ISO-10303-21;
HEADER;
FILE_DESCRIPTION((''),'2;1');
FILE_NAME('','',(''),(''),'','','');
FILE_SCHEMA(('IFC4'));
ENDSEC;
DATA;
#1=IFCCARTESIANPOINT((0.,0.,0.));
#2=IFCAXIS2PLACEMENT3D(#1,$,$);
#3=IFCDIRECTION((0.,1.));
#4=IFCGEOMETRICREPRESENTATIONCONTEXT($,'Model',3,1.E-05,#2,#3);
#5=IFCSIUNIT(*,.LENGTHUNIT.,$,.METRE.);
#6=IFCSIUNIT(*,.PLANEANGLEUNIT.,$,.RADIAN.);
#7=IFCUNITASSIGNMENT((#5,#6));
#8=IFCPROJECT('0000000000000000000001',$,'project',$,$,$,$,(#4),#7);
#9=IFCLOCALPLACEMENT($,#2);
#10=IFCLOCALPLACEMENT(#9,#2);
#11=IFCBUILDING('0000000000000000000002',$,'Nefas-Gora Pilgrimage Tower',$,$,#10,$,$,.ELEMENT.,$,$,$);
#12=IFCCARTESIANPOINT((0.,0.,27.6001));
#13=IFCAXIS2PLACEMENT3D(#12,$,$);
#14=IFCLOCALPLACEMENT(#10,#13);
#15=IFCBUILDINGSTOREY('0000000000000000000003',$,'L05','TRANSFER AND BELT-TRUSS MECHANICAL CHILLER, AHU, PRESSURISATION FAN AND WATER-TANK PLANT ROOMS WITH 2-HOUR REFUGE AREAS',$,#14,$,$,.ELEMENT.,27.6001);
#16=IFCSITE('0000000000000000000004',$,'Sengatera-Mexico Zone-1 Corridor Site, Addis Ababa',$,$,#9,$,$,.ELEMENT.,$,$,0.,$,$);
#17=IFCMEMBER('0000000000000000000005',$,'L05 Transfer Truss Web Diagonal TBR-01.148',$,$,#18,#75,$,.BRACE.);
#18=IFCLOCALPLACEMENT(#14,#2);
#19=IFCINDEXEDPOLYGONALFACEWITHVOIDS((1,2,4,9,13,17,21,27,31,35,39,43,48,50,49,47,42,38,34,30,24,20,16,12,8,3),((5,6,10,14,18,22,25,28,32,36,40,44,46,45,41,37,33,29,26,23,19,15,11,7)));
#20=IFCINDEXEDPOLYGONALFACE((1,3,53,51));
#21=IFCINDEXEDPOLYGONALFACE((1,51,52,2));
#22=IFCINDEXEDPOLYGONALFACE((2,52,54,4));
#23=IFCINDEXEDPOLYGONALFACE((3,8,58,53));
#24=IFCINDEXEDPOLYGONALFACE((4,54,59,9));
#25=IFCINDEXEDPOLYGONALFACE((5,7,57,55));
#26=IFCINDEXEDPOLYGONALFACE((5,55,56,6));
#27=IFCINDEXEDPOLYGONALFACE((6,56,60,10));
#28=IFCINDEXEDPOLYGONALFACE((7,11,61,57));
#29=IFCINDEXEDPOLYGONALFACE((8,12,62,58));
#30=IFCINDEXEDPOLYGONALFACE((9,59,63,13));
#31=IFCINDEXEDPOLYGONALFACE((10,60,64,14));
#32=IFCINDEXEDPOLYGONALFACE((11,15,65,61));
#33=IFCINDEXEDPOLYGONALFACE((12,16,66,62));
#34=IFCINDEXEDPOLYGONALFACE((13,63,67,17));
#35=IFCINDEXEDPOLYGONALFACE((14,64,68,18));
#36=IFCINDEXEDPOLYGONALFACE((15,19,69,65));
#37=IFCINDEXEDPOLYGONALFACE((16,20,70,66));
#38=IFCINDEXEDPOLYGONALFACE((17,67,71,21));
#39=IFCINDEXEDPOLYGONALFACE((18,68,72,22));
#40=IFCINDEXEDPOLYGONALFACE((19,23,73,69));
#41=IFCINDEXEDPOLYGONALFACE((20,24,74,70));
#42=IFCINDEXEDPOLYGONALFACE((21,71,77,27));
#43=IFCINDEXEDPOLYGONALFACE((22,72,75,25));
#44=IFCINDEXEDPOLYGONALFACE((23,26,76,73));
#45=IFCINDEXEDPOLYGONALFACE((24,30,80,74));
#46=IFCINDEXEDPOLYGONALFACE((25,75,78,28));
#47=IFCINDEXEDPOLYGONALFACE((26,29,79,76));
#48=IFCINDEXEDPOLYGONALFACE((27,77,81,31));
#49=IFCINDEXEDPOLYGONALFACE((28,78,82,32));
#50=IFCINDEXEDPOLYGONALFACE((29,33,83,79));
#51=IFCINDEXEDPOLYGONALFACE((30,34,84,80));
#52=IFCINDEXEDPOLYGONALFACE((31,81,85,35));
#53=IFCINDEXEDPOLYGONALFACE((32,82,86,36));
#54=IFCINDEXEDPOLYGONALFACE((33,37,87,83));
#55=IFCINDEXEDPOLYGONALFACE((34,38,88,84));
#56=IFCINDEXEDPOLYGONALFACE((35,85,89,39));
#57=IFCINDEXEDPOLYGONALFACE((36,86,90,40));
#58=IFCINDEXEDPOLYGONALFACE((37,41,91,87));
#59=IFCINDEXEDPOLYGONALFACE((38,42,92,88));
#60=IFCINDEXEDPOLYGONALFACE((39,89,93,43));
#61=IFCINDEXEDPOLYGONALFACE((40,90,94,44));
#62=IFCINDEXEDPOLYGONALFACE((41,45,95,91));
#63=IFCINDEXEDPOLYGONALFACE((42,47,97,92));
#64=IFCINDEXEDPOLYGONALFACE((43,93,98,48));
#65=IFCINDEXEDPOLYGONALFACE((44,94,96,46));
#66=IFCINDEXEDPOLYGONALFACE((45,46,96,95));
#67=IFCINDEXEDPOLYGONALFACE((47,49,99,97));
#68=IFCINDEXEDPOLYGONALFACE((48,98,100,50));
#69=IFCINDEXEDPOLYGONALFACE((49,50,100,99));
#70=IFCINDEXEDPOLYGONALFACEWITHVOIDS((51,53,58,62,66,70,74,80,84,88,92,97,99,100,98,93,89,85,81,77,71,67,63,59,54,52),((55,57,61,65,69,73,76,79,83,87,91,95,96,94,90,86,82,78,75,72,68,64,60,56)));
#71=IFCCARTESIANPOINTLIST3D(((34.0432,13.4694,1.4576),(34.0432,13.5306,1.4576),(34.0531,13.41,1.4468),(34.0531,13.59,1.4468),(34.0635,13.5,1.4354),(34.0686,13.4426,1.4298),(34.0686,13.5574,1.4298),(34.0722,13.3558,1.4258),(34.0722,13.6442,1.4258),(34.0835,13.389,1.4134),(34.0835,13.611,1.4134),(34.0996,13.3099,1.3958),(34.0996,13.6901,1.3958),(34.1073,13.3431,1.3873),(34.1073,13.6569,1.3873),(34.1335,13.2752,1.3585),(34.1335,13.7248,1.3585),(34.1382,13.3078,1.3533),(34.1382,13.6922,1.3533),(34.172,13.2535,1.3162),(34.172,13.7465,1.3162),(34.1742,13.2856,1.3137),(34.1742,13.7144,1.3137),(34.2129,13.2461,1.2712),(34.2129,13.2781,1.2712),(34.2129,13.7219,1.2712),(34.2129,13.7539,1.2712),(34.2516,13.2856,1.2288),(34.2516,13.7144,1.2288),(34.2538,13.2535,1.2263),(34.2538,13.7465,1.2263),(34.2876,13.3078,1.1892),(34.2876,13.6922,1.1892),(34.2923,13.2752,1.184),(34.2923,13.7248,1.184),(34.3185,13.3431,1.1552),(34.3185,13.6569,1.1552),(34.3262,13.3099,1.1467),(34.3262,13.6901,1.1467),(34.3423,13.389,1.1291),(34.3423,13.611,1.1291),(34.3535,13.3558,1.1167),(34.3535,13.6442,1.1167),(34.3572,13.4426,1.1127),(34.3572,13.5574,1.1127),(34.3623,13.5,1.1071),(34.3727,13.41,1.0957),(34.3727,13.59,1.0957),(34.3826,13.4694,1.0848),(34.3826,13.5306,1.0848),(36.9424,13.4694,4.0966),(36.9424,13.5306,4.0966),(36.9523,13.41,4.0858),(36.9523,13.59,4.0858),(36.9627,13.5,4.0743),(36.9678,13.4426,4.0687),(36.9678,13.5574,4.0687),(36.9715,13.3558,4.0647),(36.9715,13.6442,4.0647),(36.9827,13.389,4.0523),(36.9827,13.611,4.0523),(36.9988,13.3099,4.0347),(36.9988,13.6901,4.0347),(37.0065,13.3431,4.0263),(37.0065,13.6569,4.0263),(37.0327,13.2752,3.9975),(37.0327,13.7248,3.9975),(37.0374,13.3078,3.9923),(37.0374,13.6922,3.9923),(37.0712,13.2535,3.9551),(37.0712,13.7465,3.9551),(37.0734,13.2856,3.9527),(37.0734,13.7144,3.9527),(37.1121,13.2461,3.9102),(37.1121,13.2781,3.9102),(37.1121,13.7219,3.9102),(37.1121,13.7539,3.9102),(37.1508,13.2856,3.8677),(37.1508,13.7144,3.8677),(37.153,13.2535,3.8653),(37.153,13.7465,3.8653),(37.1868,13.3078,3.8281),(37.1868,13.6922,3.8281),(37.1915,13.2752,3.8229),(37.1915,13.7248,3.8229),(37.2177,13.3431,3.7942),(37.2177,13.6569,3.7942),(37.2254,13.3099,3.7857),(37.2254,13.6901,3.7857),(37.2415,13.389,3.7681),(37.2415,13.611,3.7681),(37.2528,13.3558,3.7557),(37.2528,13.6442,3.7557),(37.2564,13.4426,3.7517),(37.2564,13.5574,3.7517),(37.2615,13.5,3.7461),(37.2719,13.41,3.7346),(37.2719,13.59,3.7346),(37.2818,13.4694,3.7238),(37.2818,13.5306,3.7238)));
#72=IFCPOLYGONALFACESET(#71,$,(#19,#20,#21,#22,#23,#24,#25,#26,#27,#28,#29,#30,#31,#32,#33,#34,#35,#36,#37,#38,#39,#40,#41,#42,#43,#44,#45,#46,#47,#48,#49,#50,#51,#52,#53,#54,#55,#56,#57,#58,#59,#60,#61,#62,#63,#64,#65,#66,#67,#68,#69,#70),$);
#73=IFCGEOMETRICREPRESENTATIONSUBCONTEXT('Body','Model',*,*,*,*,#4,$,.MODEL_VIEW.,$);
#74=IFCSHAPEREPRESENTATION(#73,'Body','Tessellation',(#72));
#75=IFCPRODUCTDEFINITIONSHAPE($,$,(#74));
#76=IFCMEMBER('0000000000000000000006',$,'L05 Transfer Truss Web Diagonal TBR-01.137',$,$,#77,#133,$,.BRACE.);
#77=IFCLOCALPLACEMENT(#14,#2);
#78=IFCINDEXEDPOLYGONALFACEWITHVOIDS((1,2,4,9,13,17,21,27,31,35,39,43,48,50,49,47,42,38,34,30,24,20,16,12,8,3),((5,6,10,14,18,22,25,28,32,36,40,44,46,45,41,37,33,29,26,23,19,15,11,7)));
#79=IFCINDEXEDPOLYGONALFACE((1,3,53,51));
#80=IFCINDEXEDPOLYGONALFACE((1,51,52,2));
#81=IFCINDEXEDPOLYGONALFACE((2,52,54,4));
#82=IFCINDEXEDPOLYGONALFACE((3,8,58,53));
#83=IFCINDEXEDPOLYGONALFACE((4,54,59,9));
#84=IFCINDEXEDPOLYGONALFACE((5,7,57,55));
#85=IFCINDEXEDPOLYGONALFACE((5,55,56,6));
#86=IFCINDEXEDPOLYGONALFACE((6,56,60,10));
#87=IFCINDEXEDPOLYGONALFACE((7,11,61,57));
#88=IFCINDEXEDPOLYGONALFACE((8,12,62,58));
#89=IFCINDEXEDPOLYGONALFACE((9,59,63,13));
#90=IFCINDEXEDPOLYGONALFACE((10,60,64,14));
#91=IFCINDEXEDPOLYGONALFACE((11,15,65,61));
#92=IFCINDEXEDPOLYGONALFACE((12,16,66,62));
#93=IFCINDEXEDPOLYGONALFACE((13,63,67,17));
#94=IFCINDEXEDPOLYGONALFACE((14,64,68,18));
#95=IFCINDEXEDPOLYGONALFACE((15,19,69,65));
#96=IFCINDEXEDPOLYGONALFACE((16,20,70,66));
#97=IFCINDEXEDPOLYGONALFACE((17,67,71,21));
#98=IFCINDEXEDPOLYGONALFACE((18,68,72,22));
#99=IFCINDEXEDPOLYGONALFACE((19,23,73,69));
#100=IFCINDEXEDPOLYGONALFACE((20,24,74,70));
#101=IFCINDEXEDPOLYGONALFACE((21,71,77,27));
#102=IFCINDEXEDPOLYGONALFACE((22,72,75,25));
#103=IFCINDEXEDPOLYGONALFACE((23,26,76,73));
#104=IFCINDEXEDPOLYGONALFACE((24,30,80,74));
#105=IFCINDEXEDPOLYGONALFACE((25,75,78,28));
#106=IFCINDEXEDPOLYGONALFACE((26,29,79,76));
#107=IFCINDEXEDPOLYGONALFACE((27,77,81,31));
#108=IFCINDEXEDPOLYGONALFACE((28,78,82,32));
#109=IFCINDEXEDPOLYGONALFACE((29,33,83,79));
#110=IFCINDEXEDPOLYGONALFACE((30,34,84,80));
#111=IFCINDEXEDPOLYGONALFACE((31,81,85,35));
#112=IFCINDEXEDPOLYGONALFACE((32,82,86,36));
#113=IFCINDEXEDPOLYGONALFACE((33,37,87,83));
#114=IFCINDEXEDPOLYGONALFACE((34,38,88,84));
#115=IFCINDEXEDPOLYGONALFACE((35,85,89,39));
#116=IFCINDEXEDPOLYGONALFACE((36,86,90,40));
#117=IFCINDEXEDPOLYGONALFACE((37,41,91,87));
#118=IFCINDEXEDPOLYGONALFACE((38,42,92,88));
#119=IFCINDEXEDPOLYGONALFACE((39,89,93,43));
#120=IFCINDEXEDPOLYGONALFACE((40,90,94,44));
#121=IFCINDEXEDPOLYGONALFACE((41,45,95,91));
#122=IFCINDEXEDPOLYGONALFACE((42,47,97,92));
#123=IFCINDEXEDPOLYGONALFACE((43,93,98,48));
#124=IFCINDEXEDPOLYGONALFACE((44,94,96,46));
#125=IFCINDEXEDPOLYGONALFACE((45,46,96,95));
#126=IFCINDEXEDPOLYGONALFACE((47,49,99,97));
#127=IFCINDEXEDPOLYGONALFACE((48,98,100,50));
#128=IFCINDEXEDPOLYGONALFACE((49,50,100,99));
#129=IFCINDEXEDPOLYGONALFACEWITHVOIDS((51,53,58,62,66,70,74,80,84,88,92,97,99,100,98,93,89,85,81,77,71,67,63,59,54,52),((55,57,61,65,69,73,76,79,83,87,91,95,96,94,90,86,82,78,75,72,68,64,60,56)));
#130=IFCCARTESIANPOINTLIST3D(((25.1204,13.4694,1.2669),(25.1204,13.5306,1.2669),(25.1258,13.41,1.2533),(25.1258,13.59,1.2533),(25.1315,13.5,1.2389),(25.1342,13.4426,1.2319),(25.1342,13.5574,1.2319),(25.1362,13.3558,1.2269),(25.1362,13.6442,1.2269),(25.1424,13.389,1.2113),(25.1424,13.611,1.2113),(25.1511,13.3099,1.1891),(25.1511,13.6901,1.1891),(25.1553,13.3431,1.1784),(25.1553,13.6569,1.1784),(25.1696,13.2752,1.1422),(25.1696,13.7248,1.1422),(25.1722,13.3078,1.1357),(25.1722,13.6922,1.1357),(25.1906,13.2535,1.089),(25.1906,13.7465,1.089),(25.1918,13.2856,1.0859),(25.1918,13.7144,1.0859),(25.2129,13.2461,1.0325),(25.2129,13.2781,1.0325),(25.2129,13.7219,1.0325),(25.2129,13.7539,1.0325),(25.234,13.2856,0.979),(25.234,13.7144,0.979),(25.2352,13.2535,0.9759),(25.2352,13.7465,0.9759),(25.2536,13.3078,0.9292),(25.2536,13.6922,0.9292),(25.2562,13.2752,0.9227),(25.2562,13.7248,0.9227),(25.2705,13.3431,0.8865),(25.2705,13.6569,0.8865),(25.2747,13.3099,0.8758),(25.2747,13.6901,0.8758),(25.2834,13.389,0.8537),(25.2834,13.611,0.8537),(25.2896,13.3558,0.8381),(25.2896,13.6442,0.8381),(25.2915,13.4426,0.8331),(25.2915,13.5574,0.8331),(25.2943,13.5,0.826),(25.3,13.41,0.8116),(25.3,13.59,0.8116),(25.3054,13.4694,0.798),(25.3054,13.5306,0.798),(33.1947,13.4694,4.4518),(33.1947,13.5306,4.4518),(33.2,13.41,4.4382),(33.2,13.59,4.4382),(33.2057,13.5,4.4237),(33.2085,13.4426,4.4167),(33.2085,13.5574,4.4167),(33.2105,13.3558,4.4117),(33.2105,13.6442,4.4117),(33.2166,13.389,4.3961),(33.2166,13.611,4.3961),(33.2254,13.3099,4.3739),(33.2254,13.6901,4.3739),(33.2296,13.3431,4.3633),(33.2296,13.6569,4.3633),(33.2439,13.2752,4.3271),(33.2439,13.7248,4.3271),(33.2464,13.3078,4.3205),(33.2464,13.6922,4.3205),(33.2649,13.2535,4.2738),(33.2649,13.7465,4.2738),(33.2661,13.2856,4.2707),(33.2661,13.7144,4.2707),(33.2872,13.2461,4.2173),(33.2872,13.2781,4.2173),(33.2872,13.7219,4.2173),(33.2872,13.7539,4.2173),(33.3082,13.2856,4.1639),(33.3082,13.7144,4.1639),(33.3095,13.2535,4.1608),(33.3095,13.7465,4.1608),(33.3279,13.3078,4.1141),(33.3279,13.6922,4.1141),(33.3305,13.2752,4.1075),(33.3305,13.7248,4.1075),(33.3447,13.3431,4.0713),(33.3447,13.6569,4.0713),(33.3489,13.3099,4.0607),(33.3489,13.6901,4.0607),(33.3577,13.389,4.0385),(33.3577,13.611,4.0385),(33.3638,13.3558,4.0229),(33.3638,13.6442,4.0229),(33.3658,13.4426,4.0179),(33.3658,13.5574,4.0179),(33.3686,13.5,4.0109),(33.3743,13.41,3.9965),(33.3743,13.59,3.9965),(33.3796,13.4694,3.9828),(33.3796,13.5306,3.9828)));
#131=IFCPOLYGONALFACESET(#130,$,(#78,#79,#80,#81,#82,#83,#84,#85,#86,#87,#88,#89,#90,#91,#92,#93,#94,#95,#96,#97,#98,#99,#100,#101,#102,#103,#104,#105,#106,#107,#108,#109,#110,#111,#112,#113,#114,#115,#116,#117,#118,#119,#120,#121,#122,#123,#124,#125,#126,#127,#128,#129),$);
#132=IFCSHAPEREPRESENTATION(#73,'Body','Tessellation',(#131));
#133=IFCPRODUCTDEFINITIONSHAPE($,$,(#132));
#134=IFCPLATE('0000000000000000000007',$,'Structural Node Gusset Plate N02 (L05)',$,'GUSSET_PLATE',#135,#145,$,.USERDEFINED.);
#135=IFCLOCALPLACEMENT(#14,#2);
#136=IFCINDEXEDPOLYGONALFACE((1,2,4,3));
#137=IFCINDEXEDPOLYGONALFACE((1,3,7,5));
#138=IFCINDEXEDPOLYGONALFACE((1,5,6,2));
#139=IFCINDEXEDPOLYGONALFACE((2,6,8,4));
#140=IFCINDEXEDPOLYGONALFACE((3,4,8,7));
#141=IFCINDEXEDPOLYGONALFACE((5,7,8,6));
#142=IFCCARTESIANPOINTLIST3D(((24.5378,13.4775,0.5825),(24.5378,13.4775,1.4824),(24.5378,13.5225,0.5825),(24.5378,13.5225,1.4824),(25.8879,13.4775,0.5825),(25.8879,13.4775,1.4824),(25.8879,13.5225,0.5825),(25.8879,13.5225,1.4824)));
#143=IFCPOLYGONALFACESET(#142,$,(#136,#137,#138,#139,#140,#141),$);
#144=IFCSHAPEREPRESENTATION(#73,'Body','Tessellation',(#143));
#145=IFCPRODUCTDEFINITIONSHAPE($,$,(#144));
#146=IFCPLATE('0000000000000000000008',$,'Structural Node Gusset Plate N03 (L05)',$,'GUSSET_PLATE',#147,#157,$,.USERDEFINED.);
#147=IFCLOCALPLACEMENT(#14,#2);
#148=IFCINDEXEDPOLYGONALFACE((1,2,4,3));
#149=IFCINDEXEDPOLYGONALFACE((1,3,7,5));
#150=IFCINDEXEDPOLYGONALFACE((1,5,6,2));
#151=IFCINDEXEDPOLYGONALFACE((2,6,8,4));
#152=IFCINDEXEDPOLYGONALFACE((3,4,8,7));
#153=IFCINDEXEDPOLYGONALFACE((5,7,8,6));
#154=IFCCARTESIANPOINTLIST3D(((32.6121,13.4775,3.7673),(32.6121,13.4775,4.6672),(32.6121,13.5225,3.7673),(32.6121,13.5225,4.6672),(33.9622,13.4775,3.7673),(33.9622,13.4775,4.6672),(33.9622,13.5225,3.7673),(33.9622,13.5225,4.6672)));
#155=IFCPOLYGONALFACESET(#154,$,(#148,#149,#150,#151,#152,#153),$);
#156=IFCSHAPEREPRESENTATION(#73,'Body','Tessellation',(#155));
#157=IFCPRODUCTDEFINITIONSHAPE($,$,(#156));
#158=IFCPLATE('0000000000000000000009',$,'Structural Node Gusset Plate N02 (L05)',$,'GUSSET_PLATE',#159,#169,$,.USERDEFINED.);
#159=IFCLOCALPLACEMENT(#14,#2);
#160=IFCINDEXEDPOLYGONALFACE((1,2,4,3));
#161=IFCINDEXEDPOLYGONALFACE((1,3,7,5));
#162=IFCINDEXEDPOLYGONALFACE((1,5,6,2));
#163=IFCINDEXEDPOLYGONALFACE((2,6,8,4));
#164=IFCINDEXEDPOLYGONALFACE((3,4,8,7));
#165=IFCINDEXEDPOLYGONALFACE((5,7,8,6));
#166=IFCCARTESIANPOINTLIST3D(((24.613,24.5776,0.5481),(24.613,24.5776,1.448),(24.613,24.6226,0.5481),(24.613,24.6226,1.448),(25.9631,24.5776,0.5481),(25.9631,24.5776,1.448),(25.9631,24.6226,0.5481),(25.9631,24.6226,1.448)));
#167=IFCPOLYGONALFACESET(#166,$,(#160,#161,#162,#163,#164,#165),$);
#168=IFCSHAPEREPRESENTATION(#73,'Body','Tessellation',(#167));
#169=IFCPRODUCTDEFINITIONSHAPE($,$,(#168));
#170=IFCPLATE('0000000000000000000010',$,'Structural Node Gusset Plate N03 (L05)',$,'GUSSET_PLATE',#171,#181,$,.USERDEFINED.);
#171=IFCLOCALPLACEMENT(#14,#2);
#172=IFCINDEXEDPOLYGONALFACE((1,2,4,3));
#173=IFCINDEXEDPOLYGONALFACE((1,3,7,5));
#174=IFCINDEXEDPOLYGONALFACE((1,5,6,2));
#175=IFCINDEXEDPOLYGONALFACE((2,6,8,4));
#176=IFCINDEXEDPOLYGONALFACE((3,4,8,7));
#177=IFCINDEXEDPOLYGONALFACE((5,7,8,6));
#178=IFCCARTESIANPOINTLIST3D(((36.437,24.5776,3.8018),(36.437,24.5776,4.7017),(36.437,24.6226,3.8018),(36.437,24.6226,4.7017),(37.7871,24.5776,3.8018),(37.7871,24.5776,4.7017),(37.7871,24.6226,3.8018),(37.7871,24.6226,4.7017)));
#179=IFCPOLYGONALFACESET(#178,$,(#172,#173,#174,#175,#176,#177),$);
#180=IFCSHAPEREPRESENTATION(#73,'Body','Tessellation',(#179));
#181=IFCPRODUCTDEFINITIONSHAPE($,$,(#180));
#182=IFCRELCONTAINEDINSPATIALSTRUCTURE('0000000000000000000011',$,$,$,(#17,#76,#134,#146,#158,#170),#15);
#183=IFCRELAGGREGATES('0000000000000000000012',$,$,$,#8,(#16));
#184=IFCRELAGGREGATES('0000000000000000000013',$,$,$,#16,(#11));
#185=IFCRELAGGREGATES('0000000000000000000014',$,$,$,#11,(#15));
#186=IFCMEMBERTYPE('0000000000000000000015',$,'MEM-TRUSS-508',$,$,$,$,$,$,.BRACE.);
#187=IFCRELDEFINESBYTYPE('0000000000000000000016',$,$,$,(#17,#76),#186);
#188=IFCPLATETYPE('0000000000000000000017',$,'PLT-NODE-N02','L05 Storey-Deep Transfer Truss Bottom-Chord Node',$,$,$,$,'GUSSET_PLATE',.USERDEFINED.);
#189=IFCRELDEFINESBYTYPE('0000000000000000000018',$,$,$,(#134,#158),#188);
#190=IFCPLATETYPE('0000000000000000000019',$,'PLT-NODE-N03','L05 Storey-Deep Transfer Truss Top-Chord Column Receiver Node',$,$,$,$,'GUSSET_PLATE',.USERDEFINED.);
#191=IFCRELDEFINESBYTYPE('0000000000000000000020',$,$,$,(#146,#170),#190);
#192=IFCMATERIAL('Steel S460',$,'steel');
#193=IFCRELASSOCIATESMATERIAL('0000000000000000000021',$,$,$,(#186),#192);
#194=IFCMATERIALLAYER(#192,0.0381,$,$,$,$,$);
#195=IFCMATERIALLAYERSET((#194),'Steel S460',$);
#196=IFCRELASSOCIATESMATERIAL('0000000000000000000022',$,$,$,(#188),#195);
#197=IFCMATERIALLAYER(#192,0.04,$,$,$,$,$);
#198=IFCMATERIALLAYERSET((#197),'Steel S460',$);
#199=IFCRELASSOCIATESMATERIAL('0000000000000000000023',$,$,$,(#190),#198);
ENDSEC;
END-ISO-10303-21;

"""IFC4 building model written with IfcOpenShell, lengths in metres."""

from ifc_helpers import new_model, si_unit, direction, frame, origin, origin_2d, place, context, subcontext, project, spatial, rectangle, hollow_circle, extrude, source, transform, mapped, material, layer, layer_set, material_profile, profile_set, type_object, element, save


model = new_model("IFC4")

# Units and contexts
model_context = context("Model", 3, precision=1e-05, world=origin(), true_north=direction((0.0, 1.0)))
body_context = subcontext(model_context, "Body", "Model", "MODEL_VIEW")
ifc_project = project(units=[si_unit("LENGTHUNIT", "METRE"), si_unit("PLANEANGLEUNIT", "RADIAN")], contexts=[model_context])

# Site, building, storey
site_placement = place(None, origin())
site = spatial("IfcSite", under=ifc_project, at=site_placement, Name="Sengatera-Mexico Zone-1 Corridor Site, Addis Ababa", CompositionType="ELEMENT", RefElevation=0.0)
building_placement = place(site_placement, origin())
building = spatial("IfcBuilding", under=site, at=building_placement, Name="Nefas-Gora Pilgrimage Tower", CompositionType="ELEMENT")
storey_placement = place(building_placement, frame((0.0, 0.0, 27.6001)))
storey = spatial("IfcBuildingStorey", under=building, at=storey_placement, Name="L05", Description="TRANSFER AND BELT-TRUSS MECHANICAL CHILLER, AHU, PRESSURISATION FAN AND WATER-TANK PLANT ROOMS WITH 2-HOUR REFUGE AREAS", CompositionType="ELEMENT", Elevation=27.6001)

# Shared definitions
ifc_material_1 = material(Name="Steel S460", Category="steel")

# Shared definitions
ifc_material_profile_1 = material_profile(ifc_material_1, hollow_circle(Radius=0.2539, WallThickness=0.032, at=origin_2d()), Name="CHS 508x32")
ifc_profile_set_1 = profile_set([ifc_material_profile_1], Name="Steel S460")
member_type = type_object("IfcMemberType", Name="MEM-TRUSS-508", PredefinedType="BRACE", material=ifc_profile_set_1)

# Members
shared_shape_1 = source(origin(), body_context, "Body", "SweptSolid", [
    extrude(hollow_circle(Radius=0.2539, WallThickness=0.032, at=origin_2d()), origin(), (0.0, 0.0, 1.0), 3.9204),
])
member_1_placement = place(storey_placement, frame((34.2129, 13.5, 1.2712), z_axis=(0.73952, 0.0, 0.673135), x_axis=(0.0, 1.0, 0.0)))
element("IfcMember", 1, at=member_1_placement, inside=storey, type_object=member_type, Name="L05 Transfer Truss Web Diagonal TBR-01.148", PredefinedType="BRACE", context=body_context, shape_type="MappedRepresentation", body=[
    mapped(shared_shape_1, transform((0.0, 0.0, 0.0), x_axis=(1.0, 0.0, 0.0), y_axis=(0.0, 1.0, 0.0), z_axis=(0.0, 0.0, 1.0), scale=1.0)),
])
shared_shape_2 = source(origin(), body_context, "Body", "SweptSolid", [
    extrude(hollow_circle(Radius=0.2539, WallThickness=0.032, at=origin_2d()), origin(), (0.0, 0.0, 1.0), 8.6797),
])
member_2_placement = place(storey_placement, frame((25.2129, 13.5, 1.0325), z_axis=(0.930249, 0.0, 0.36693), x_axis=(0.0, 1.0, 0.0)))
element("IfcMember", 2, at=member_2_placement, inside=storey, type_object=member_type, Name="L05 Transfer Truss Web Diagonal TBR-01.137", PredefinedType="BRACE", context=body_context, shape_type="MappedRepresentation", body=[
    mapped(shared_shape_2, transform((0.0, 0.0, 0.0), x_axis=(1.0, 0.0, 0.0), y_axis=(0.0, 1.0, 0.0), z_axis=(0.0, 0.0, 1.0), scale=1.0)),
])

# Plates
ifc_layer_1 = layer(ifc_material_1, 0.0381)
ifc_layer_set_1 = layer_set([ifc_layer_1], Name="Steel S460")
plate_type_1 = type_object("IfcPlateType", Name="PLT-NODE-N02", Description="L05 Storey-Deep Transfer Truss Bottom-Chord Node", ElementType="GUSSET_PLATE", PredefinedType="USERDEFINED", material=ifc_layer_set_1)
shared_shape_3 = source(origin(), body_context, "Body", "SweptSolid", [
    extrude(rectangle(XDim=1.3501, YDim=0.0449, at=origin_2d()), origin(), (0.0, 0.0, 1.0), 0.8999),
])
plate_1_placement = place(storey_placement, frame((25.2129, 13.5, 0.5825), z_axis=(0.0, 0.0, 1.0), x_axis=(1.0, 0.0, 0.0)))
element("IfcPlate", 3, at=plate_1_placement, inside=storey, type_object=plate_type_1, Name="Structural Node Gusset Plate N02 (L05)", ObjectType="GUSSET_PLATE", PredefinedType="USERDEFINED", context=body_context, shape_type="MappedRepresentation", body=[
    mapped(shared_shape_3, transform((0.0, 0.0, 0.0), x_axis=(1.0, 0.0, 0.0), y_axis=(0.0, 1.0, 0.0), z_axis=(0.0, 0.0, 1.0), scale=1.0)),
])
ifc_layer_2 = layer(ifc_material_1, 0.04)
ifc_layer_set_2 = layer_set([ifc_layer_2], Name="Steel S460")
plate_type_2 = type_object("IfcPlateType", Name="PLT-NODE-N03", Description="L05 Storey-Deep Transfer Truss Top-Chord Column Receiver Node", ElementType="GUSSET_PLATE", PredefinedType="USERDEFINED", material=ifc_layer_set_2)
plate_2_placement = place(storey_placement, frame((33.2871, 13.5, 3.7673), z_axis=(0.0, 0.0, 1.0), x_axis=(1.0, 0.0, 0.0)))
element("IfcPlate", 4, at=plate_2_placement, inside=storey, type_object=plate_type_2, Name="Structural Node Gusset Plate N03 (L05)", ObjectType="GUSSET_PLATE", PredefinedType="USERDEFINED", context=body_context, shape_type="MappedRepresentation", body=[
    mapped(shared_shape_3, transform((0.0, 0.0, 0.0), x_axis=(1.0, 0.0, 0.0), y_axis=(0.0, 1.0, 0.0), z_axis=(0.0, 0.0, 1.0), scale=1.0)),
])
plate_3_placement = place(storey_placement, frame((25.2881, 24.6001, 0.5481), z_axis=(0.0, 0.0, 1.0), x_axis=(1.0, 0.0, 0.0)))
element("IfcPlate", 5, at=plate_3_placement, inside=storey, type_object=plate_type_1, Name="Structural Node Gusset Plate N02 (L05)", ObjectType="GUSSET_PLATE", PredefinedType="USERDEFINED", context=body_context, shape_type="MappedRepresentation", body=[
    mapped(shared_shape_3, transform((0.0, 0.0, 0.0), x_axis=(1.0, 0.0, 0.0), y_axis=(0.0, 1.0, 0.0), z_axis=(0.0, 0.0, 1.0), scale=1.0)),
])
plate_4_placement = place(storey_placement, frame((37.1121, 24.6001, 3.8018), z_axis=(0.0, 0.0, 1.0), x_axis=(1.0, 0.0, 0.0)))
element("IfcPlate", 6, at=plate_4_placement, inside=storey, type_object=plate_type_2, Name="Structural Node Gusset Plate N03 (L05)", ObjectType="GUSSET_PLATE", PredefinedType="USERDEFINED", context=body_context, shape_type="MappedRepresentation", body=[
    mapped(shared_shape_3, transform((0.0, 0.0, 0.0), x_axis=(1.0, 0.0, 0.0), y_axis=(0.0, 1.0, 0.0), z_axis=(0.0, 0.0, 1.0), scale=1.0)),
])

save(model, "model.ifc")
